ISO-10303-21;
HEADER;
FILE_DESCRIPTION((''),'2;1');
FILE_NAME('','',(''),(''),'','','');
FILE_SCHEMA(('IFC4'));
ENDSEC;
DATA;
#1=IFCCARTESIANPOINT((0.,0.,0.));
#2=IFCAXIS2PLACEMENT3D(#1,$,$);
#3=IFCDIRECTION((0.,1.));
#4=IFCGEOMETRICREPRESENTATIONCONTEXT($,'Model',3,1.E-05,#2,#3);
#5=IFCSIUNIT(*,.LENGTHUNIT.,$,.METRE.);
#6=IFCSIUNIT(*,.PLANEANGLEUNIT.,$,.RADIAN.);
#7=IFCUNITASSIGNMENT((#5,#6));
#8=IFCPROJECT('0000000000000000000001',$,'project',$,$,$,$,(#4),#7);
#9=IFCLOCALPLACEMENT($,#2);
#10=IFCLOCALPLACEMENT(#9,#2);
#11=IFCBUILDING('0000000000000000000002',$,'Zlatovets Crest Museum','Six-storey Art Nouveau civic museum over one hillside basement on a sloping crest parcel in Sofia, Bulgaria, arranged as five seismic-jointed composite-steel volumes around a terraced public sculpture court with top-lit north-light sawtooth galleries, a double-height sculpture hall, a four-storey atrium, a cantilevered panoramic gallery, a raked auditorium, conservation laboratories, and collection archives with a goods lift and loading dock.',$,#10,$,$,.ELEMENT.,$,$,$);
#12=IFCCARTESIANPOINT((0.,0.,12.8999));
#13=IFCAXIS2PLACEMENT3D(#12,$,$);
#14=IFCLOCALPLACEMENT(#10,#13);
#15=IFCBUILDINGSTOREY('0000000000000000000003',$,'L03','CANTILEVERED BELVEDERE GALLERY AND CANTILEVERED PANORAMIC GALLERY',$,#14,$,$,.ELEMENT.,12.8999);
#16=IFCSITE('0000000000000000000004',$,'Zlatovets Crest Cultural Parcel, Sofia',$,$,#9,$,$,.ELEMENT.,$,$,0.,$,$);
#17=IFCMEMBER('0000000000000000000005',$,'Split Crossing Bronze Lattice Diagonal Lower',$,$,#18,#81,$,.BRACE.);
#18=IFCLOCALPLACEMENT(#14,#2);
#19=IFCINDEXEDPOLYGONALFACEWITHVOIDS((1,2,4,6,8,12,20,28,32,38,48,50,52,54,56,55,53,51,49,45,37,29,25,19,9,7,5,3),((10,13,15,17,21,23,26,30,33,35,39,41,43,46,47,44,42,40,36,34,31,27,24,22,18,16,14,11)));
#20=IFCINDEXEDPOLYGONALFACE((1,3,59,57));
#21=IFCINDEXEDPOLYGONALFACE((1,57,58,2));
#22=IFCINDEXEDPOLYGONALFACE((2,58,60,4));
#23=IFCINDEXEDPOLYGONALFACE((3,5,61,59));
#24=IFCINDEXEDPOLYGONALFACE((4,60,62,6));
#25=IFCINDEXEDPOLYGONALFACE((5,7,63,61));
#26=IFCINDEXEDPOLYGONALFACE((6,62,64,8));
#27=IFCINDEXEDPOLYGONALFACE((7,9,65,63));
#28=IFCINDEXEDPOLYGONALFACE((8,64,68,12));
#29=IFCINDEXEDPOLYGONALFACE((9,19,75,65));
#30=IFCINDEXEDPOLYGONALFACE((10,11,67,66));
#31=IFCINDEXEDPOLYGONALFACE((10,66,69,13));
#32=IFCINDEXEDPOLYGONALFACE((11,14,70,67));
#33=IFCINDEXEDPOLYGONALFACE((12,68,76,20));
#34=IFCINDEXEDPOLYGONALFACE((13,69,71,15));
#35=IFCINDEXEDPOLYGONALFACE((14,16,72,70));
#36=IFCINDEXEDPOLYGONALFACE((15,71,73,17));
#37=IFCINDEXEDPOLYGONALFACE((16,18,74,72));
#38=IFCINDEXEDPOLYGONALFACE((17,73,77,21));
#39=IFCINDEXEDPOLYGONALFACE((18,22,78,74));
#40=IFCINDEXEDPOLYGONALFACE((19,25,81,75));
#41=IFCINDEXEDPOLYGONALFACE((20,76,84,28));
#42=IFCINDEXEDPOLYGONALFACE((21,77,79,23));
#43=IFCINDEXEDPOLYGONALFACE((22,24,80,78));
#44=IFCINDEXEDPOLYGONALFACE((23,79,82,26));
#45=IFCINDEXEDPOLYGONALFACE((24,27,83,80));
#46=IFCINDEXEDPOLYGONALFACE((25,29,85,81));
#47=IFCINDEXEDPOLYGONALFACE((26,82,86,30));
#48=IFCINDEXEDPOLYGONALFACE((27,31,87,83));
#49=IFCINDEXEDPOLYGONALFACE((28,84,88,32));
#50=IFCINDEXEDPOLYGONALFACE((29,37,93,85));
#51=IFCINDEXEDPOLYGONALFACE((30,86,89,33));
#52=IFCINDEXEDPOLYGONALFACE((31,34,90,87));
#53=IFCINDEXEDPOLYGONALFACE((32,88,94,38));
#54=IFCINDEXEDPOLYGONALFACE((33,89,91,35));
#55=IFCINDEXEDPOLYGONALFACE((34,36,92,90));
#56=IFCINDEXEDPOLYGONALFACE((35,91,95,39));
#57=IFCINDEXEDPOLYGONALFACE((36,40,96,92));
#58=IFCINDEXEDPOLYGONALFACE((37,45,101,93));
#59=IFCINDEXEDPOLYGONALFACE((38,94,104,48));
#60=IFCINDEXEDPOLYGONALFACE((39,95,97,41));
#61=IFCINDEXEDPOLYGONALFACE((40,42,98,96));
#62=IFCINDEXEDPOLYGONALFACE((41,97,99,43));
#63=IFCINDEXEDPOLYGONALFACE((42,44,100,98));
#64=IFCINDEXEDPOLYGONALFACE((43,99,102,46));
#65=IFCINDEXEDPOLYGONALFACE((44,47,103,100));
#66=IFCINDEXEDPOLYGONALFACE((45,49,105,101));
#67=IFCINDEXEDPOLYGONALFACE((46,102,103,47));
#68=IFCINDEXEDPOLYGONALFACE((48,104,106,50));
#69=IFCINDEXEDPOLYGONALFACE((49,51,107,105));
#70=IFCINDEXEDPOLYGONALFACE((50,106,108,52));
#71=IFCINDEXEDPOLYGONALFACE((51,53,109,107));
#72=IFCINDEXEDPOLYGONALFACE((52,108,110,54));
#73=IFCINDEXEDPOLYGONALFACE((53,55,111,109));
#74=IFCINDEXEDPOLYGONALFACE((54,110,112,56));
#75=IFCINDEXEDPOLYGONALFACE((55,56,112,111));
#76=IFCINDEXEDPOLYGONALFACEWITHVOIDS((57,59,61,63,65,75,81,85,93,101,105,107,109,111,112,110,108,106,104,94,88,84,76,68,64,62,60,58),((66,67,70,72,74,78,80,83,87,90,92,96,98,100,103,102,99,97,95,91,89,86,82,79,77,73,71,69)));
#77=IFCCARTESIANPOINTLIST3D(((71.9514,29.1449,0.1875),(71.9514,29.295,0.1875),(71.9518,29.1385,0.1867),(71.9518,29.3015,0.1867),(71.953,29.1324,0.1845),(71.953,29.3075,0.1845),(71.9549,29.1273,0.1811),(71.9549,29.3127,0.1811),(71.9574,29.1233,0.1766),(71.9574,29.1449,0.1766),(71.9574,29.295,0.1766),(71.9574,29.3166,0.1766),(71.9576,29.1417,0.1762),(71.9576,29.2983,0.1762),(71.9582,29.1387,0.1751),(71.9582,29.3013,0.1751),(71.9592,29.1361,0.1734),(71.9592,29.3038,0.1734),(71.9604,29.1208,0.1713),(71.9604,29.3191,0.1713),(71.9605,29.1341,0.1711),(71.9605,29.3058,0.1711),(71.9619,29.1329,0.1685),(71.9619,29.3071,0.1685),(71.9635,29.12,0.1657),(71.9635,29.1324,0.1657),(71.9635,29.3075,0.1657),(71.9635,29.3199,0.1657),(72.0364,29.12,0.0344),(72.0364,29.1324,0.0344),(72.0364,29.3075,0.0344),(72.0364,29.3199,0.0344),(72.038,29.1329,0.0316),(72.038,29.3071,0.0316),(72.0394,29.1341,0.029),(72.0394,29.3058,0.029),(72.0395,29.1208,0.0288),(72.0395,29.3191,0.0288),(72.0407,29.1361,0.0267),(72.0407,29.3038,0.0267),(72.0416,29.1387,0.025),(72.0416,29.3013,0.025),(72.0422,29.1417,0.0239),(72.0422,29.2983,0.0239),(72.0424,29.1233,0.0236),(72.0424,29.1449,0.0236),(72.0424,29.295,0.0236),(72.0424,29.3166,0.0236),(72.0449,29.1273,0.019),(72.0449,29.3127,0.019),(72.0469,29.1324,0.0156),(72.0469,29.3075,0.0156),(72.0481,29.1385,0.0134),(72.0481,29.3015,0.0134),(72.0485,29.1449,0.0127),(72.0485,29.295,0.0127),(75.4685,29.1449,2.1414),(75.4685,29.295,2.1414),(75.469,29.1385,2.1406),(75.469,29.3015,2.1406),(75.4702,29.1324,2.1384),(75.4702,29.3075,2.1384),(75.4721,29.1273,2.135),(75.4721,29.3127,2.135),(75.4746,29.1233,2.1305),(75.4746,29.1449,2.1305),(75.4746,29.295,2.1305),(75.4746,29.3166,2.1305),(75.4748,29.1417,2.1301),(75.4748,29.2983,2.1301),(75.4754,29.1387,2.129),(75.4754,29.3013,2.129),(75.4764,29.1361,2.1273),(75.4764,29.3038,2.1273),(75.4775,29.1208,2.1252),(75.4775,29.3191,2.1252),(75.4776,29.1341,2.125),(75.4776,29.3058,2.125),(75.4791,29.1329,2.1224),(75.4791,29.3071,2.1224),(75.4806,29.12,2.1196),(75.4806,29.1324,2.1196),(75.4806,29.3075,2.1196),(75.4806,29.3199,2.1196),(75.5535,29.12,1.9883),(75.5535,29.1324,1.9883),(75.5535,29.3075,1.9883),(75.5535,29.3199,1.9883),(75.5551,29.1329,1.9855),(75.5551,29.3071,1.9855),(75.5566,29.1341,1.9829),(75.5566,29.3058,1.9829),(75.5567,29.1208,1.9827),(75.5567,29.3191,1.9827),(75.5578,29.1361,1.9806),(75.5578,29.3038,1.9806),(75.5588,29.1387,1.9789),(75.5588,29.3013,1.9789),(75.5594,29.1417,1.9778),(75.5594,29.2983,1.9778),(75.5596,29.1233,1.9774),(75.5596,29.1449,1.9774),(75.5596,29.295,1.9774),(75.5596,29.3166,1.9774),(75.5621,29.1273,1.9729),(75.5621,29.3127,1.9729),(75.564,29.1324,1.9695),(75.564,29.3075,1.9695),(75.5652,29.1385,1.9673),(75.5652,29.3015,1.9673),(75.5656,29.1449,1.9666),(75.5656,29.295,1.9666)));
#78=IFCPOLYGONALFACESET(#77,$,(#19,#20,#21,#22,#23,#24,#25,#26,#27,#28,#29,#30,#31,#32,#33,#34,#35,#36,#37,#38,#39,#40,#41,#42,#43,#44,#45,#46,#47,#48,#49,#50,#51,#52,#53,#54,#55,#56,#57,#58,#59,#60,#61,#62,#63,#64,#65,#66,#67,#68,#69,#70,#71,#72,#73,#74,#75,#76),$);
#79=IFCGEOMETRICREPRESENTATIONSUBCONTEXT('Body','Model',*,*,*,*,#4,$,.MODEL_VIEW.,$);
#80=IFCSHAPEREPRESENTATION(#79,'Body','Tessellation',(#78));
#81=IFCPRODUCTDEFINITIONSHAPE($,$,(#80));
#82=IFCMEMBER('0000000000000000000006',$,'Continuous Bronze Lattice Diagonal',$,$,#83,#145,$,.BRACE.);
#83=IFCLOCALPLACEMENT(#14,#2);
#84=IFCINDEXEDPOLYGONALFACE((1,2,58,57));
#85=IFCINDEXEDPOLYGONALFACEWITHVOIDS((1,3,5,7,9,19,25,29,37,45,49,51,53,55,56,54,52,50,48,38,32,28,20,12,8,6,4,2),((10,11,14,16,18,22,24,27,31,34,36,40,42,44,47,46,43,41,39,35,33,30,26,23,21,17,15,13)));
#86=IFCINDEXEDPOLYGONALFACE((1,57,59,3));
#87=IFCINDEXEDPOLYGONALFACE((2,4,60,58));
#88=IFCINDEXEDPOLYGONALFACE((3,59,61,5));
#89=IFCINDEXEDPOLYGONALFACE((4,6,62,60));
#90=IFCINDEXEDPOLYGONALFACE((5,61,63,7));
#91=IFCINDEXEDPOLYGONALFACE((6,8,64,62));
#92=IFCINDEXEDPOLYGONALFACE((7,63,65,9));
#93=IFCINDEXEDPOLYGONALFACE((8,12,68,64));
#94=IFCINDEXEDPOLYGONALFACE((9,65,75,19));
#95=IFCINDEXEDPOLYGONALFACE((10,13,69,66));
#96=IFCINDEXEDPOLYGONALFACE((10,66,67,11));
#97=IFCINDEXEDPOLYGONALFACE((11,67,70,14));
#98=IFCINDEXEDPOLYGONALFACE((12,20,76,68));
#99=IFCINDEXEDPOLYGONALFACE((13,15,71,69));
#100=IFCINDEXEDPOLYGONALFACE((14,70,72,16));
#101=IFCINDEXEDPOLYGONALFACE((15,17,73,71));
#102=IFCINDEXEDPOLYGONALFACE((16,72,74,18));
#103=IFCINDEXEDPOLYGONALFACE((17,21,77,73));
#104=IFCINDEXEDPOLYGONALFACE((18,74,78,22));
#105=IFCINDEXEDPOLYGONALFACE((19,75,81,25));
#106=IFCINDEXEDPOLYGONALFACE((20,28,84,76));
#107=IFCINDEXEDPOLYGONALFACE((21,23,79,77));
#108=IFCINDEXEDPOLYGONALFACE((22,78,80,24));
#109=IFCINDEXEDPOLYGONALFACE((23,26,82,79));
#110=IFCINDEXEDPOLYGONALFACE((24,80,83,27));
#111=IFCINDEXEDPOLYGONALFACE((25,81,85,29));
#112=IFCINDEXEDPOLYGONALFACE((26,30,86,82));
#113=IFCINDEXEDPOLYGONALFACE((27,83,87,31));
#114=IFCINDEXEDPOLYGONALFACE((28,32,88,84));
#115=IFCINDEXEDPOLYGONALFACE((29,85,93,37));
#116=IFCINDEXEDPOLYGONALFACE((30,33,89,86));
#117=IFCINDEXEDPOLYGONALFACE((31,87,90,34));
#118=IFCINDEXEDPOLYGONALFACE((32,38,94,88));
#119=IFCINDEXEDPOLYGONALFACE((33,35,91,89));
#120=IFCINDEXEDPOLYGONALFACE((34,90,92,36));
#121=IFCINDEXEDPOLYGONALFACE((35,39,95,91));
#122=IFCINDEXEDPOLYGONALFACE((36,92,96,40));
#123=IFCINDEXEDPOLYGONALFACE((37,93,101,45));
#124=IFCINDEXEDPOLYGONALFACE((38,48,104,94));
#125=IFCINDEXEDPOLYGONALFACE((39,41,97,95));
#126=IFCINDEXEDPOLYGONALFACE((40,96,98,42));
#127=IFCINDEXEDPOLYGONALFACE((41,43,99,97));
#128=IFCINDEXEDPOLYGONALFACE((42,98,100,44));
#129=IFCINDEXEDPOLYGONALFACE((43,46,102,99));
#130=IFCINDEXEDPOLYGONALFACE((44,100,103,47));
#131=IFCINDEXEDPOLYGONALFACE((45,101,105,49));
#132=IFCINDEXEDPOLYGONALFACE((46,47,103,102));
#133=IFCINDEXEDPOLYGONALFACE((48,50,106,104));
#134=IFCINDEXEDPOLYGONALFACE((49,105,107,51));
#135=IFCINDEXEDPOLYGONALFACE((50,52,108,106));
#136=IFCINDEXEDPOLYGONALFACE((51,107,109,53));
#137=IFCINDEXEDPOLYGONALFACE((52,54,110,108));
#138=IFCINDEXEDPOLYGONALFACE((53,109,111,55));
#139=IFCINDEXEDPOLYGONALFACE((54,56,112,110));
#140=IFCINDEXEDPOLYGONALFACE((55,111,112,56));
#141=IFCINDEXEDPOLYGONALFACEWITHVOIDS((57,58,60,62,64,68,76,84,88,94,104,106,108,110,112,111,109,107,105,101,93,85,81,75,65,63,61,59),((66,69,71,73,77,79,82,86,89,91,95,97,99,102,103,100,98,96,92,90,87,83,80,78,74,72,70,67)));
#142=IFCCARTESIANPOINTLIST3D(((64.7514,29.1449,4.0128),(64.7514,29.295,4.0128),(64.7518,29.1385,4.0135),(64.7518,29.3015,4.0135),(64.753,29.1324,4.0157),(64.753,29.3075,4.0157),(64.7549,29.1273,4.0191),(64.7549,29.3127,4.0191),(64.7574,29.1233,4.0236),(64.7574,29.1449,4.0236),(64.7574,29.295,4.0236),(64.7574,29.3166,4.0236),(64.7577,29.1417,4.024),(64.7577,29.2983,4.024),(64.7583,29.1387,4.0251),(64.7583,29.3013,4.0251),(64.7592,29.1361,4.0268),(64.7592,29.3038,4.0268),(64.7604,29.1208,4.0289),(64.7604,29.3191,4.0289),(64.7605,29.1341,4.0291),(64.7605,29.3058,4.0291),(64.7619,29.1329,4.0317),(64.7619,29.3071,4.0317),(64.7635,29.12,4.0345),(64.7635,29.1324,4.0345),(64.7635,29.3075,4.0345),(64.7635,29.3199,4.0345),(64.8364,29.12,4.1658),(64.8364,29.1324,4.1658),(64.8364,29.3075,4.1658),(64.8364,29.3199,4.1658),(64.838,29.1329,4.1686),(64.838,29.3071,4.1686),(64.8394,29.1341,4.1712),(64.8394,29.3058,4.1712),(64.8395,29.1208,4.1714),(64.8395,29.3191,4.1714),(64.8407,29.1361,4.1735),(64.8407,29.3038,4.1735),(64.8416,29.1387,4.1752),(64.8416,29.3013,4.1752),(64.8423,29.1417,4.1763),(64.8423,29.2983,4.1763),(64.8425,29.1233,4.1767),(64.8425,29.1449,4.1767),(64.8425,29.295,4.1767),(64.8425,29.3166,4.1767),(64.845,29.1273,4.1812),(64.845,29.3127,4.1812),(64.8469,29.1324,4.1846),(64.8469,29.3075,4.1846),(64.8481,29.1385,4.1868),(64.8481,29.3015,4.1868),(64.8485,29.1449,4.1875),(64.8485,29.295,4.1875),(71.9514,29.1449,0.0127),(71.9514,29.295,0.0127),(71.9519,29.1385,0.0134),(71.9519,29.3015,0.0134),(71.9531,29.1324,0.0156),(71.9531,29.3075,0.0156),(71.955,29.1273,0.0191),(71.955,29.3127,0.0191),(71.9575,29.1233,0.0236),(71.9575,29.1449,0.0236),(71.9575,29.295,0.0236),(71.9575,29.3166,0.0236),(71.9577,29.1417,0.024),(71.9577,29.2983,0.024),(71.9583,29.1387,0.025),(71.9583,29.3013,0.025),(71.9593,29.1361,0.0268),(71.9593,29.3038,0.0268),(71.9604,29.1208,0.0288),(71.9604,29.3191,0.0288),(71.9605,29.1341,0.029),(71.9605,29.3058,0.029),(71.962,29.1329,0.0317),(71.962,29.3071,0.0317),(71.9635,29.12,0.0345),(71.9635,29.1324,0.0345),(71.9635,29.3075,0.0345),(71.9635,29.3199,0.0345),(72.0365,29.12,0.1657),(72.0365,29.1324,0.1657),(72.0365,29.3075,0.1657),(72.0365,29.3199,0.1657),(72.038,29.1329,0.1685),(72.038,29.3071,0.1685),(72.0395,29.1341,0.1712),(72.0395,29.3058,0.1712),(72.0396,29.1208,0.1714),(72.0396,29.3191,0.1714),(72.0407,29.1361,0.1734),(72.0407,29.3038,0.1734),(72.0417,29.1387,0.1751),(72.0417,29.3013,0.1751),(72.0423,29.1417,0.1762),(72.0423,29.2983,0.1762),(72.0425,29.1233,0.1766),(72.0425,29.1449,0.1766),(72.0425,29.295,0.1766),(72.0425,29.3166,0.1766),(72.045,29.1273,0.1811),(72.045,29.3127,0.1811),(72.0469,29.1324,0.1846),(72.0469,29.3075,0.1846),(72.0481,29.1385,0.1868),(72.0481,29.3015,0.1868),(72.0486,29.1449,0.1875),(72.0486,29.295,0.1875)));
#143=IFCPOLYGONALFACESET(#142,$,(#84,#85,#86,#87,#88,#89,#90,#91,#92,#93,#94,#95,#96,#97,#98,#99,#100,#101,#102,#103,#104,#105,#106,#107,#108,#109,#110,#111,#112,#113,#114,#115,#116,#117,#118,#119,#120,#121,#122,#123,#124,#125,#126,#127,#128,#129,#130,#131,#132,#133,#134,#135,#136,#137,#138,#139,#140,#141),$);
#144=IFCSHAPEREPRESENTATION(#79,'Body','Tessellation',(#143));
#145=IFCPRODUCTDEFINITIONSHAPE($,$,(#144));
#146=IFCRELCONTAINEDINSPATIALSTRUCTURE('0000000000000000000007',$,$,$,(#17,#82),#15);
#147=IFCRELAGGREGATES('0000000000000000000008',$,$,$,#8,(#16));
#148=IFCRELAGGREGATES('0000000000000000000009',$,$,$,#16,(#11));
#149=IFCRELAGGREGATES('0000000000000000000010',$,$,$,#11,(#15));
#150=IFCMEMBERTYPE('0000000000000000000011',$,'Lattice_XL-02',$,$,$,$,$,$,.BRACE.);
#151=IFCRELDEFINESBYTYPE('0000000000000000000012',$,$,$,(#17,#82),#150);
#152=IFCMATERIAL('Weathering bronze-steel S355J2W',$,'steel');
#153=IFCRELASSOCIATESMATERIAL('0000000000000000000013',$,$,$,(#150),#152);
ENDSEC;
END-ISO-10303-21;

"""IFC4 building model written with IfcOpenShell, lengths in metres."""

from ifc_helpers import new_model, si_unit, direction, frame, origin, origin_2d, place, context, subcontext, project, spatial, hollow_rectangle, extrude, material, material_profile, profile_set, type_object, element, save


model = new_model("IFC4")

# Units and contexts
model_context = context("Model", 3, precision=1e-05, world=origin(), true_north=direction((0.0, 1.0)))
body_context = subcontext(model_context, "Body", "Model", "MODEL_VIEW")
ifc_project = project(units=[si_unit("LENGTHUNIT", "METRE"), si_unit("PLANEANGLEUNIT", "RADIAN")], contexts=[model_context])

# Site, building, storey
site_placement = place(None, origin())
site = spatial("IfcSite", under=ifc_project, at=site_placement, Name="Zlatovets Crest Cultural Parcel, Sofia", CompositionType="ELEMENT", RefElevation=0.0)
building_placement = place(site_placement, origin())
building = spatial("IfcBuilding", under=site, at=building_placement, Name="Zlatovets Crest Museum", Description="Six-storey Art Nouveau civic museum over one hillside basement on a sloping crest parcel in Sofia, Bulgaria, arranged as five seismic-jointed composite-steel volumes around a terraced public sculpture court with top-lit north-light sawtooth galleries, a double-height sculpture hall, a four-storey atrium, a cantilevered panoramic gallery, a raked auditorium, conservation laboratories, and collection archives with a goods lift and loading dock.", CompositionType="ELEMENT")
storey_placement = place(building_placement, frame((0.0, 0.0, 12.8999)))
storey = spatial("IfcBuildingStorey", under=building, at=storey_placement, Name="L03", Description="CANTILEVERED BELVEDERE GALLERY AND CANTILEVERED PANORAMIC GALLERY", CompositionType="ELEMENT", Elevation=12.8999)

# Members
ifc_material_1 = material(Name="Weathering bronze-steel S355J2W", Category="steel")
ifc_material_profile_1 = material_profile(ifc_material_1, hollow_rectangle(XDim=0.2, YDim=0.2, WallThickness=0.0125, InnerFilletRadius=0.0125, OuterFilletRadius=0.0249, at=origin_2d()), Name="SHS 200x200x12.5")
ifc_profile_set_1 = profile_set([ifc_material_profile_1], Name="Weathering bronze-steel S355J2W")
member_type_1 = type_object("IfcMemberType", Name="Lattice_XL-02", PredefinedType="BRACE", material=ifc_profile_set_1)
member_1_placement = place(storey_placement, frame((75.5171, 29.22, 2.054), z_axis=(-0.874166, 0.0, -0.485627), x_axis=(0.0, -1.0, 0.0)))
element("IfcMember", 1, at=member_1_placement, inside=storey, type_object=member_type_1, Name="Split Crossing Bronze Lattice Diagonal Lower", PredefinedType="BRACE", context=body_context, shape_type="SweptSolid", body=[
    extrude(hollow_rectangle(XDim=0.2, YDim=0.2, WallThickness=0.0125, InnerFilletRadius=0.0125, OuterFilletRadius=0.0249, at=origin_2d()), origin(), (0.0, 0.0, 1.0), 4.0234),
])
member_2_placement = place(storey_placement, frame((72.0, 29.22, 0.1001), z_axis=(-0.874156, 0.0, 0.485645), x_axis=(0.0, -1.0, 0.0)))
element("IfcMember", 2, at=member_2_placement, inside=storey, type_object=member_type_1, Name="Continuous Bronze Lattice Diagonal", PredefinedType="BRACE", context=body_context, shape_type="SweptSolid", body=[
    extrude(hollow_rectangle(XDim=0.2, YDim=0.2, WallThickness=0.0125, InnerFilletRadius=0.0125, OuterFilletRadius=0.0249, at=origin_2d()), origin(), (0.0, 0.0, 1.0), 8.2366),
])

save(model, "model.ifc")
